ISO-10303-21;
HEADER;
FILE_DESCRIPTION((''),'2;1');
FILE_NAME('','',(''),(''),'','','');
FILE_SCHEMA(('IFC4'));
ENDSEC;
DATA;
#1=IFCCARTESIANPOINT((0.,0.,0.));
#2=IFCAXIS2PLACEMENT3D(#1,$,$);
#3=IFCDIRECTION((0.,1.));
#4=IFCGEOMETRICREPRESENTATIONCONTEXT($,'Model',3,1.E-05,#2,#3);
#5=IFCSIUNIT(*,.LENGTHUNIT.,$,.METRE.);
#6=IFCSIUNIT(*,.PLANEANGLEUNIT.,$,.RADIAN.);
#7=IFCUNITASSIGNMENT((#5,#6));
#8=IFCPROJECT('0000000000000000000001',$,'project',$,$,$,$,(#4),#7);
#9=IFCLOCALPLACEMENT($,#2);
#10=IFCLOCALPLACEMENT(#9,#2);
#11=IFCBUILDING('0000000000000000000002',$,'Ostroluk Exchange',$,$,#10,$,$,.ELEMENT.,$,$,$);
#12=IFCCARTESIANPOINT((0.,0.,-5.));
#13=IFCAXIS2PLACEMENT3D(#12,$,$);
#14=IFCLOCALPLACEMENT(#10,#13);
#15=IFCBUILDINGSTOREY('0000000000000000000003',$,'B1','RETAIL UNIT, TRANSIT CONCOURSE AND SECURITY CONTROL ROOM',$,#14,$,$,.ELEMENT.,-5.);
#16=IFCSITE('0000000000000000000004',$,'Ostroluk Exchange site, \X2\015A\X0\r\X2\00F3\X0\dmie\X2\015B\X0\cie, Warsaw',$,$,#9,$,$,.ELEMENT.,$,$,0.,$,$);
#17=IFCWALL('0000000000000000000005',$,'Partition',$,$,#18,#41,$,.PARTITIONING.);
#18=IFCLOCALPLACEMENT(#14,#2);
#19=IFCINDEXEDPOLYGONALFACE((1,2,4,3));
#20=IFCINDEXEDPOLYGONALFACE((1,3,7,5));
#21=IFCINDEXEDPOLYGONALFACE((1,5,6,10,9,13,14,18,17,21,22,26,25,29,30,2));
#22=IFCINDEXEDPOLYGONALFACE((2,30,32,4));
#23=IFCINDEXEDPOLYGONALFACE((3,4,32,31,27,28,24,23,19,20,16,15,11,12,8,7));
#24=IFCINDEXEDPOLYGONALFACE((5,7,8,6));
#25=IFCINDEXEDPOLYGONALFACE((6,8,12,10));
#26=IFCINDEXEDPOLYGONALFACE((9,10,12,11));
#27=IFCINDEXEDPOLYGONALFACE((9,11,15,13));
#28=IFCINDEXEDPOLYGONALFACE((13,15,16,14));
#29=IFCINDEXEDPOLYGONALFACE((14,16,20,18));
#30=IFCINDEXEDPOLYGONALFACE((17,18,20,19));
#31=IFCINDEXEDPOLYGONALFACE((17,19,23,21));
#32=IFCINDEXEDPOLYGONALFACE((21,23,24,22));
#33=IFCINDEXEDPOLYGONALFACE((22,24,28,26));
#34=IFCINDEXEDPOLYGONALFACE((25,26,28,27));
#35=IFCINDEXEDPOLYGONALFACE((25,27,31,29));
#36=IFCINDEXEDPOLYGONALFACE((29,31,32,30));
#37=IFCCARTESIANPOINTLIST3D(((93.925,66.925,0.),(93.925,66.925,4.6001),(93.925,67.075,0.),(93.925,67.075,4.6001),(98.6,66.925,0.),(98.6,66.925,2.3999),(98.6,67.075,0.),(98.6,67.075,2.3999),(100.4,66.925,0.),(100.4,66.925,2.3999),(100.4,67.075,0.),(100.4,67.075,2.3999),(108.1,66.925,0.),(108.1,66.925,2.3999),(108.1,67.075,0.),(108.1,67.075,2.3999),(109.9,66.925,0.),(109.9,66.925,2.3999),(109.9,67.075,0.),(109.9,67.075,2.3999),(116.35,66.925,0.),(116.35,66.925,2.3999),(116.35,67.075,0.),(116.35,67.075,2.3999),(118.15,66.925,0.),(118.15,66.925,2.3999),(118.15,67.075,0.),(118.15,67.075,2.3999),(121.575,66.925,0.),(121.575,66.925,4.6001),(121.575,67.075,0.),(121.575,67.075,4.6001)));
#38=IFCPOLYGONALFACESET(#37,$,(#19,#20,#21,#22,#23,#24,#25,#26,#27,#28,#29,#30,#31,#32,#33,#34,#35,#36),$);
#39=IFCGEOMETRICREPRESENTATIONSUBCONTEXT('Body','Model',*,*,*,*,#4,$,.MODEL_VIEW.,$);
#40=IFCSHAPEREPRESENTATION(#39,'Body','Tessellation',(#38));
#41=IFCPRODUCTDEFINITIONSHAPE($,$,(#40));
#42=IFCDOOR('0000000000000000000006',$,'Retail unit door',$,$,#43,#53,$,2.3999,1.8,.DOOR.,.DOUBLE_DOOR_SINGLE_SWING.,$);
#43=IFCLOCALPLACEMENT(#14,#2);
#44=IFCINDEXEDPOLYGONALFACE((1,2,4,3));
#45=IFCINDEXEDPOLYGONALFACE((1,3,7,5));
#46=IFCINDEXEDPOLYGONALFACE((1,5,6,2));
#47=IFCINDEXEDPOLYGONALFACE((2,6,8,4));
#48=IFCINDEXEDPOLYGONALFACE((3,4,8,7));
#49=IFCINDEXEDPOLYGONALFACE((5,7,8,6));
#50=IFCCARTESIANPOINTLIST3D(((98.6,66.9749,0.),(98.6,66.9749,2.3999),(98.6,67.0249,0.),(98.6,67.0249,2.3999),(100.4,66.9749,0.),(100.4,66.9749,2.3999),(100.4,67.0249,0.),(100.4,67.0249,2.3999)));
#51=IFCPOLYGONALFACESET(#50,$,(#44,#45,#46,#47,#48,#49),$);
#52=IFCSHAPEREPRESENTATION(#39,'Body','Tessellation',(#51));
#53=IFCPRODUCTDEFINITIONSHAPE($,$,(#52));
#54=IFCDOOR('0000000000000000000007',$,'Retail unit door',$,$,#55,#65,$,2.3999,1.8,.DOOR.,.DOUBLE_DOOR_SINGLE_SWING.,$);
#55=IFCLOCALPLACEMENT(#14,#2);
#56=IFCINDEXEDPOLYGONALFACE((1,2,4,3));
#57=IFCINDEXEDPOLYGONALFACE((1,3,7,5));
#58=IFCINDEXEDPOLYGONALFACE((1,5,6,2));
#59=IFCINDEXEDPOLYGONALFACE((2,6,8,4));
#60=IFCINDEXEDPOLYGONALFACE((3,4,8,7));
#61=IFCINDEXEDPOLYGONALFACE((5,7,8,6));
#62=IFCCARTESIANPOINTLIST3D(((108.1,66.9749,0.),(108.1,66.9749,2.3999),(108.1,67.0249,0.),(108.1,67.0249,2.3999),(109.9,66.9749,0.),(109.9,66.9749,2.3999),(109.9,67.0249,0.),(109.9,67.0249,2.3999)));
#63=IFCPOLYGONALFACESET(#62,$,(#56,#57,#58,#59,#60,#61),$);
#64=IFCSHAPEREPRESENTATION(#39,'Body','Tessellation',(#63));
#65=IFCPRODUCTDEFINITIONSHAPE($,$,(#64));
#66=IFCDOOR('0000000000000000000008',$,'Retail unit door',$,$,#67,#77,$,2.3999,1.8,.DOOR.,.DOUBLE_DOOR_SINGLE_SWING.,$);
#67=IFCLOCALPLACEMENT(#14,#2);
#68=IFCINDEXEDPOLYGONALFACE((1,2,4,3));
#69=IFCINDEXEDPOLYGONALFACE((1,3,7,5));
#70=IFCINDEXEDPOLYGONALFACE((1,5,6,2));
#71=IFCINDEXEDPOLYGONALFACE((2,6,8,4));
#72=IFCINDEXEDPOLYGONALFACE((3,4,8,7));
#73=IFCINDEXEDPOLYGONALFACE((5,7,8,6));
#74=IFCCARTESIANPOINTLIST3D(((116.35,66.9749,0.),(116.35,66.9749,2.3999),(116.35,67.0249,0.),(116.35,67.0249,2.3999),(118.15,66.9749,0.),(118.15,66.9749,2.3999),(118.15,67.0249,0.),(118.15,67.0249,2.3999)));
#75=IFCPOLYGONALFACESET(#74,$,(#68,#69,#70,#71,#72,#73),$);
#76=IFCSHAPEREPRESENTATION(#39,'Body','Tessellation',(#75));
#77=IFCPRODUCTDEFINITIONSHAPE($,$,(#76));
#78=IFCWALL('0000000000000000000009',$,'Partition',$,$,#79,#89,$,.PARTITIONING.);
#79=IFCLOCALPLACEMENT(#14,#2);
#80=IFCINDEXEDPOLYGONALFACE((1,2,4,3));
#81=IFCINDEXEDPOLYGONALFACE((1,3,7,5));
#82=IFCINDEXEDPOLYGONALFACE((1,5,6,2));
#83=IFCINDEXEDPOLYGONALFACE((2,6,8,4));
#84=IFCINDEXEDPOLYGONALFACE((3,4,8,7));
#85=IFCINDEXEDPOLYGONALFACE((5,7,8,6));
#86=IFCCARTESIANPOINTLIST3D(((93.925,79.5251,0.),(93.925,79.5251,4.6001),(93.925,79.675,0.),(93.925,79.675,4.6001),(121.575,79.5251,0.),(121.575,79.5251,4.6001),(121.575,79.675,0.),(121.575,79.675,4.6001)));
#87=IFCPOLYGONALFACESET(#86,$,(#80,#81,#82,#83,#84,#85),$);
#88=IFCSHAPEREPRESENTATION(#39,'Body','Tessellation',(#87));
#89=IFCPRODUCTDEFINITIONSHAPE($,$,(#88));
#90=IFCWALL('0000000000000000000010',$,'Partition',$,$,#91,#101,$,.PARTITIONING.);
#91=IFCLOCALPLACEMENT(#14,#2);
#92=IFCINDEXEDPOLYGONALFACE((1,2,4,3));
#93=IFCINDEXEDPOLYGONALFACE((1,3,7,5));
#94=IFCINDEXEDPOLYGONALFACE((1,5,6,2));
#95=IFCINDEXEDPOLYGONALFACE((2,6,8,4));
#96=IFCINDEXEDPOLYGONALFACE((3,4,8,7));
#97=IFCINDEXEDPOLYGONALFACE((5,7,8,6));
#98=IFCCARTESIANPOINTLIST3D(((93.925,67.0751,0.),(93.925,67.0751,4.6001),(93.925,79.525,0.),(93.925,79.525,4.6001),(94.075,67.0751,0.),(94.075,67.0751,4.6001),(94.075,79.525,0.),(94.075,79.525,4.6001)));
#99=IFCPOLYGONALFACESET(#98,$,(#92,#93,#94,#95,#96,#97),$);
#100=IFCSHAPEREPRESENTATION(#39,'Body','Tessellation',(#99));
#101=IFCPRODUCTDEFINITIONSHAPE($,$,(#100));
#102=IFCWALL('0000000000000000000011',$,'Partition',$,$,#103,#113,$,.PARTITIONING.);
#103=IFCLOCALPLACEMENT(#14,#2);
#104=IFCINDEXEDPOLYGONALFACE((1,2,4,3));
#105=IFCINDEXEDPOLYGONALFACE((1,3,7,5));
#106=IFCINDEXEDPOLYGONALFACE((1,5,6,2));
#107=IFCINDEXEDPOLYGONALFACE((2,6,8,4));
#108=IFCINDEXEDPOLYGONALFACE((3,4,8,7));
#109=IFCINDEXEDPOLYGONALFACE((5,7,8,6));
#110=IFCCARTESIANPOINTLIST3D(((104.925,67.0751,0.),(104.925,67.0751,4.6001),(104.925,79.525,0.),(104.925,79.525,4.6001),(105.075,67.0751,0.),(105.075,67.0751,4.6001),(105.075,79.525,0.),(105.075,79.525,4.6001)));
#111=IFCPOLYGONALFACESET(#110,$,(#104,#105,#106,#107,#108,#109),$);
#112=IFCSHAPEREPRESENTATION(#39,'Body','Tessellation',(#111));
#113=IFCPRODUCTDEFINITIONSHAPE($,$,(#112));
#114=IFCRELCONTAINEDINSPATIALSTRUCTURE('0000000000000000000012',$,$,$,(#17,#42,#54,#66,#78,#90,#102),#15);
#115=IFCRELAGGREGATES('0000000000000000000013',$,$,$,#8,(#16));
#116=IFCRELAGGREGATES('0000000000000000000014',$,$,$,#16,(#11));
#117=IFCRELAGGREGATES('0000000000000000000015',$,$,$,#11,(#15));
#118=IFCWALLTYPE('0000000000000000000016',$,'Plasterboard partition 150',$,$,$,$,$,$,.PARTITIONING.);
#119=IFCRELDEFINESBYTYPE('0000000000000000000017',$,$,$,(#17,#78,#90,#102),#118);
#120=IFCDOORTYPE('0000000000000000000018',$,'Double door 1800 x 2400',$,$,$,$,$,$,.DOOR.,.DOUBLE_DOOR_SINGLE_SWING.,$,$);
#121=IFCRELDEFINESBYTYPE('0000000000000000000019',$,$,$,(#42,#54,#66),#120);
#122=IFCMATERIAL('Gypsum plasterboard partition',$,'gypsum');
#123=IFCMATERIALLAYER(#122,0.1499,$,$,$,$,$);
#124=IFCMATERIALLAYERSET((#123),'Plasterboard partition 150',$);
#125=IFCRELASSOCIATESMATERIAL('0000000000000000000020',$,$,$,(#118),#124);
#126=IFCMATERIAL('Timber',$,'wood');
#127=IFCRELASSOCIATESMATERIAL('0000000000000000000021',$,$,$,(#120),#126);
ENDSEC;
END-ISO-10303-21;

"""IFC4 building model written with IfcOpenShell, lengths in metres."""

from ifc_helpers import new_model, si_unit, direction, frame, frame_2d, origin, place, context, subcontext, project, spatial, rectangle, extrude, material, layer, layer_set, type_object, element, fill, save


model = new_model("IFC4")

# Units and contexts
model_context = context("Model", 3, precision=1e-05, world=origin(), true_north=direction((0.0, 1.0)))
body_context = subcontext(model_context, "Body", "Model", "MODEL_VIEW")
ifc_project = project(units=[si_unit("LENGTHUNIT", "METRE"), si_unit("PLANEANGLEUNIT", "RADIAN")], contexts=[model_context])

# Site, building, storey
site_placement = place(None, origin())
site = spatial("IfcSite", under=ifc_project, at=site_placement, Name="Ostroluk Exchange site, Śródmieście, Warsaw", CompositionType="ELEMENT", RefElevation=0.0)
building_placement = place(site_placement, origin())
building = spatial("IfcBuilding", under=site, at=building_placement, Name="Ostroluk Exchange", CompositionType="ELEMENT")
storey_placement = place(building_placement, frame((0.0, 0.0, -5.0)))
storey = spatial("IfcBuildingStorey", under=building, at=storey_placement, Name="B1", Description="RETAIL UNIT, TRANSIT CONCOURSE AND SECURITY CONTROL ROOM", CompositionType="ELEMENT", Elevation=-5.0)

# Shared definitions
ifc_material_1 = material(Name="Gypsum plasterboard partition", Category="gypsum")
ifc_layer_1 = layer(ifc_material_1, 0.1499)
ifc_layer_set_1 = layer_set([ifc_layer_1], Name="Plasterboard partition 150")
wall_type_1 = type_object("IfcWallType", Name="Plasterboard partition 150", PredefinedType="PARTITIONING", material=ifc_layer_set_1)
ifc_material_2 = material(Name="Timber", Category="wood")
door_type_1 = type_object("IfcDoorType", Name="Double door 1800 x 2400", OperationType="DOUBLE_DOOR_SINGLE_SWING", PredefinedType="DOOR", material=ifc_material_2)

# Wall, openings, doors
wall_1_placement = place(storey_placement, frame((93.925, 67.0, 0.0), z_axis=(0.0, 0.0, 1.0), x_axis=(1.0, 0.0, 0.0)))
wall_1 = element("IfcWall", 1, at=wall_1_placement, inside=storey, type_object=wall_type_1, Name="Partition", PredefinedType="PARTITIONING", context=body_context, shape_type="SweptSolid", body=[
    extrude(rectangle(XDim=27.6499, YDim=0.1499, at=frame_2d((13.825, 0.0))), origin(), (0.0, 0.0, 1.0), 4.6001),
])
opening_1_placement = place(wall_1_placement, frame((4.675, 0.0, 0.0)))
opening_1 = element("IfcOpeningElement", 2, at=opening_1_placement, cuts=wall_1, PredefinedType="OPENING", context=body_context, shape_type="SweptSolid", body=[
    extrude(rectangle(XDim=1.8, YDim=2.3999, at=frame_2d((0.8999, 1.2))), frame((0.0, 0.085, 0.0), z_axis=(0.0, -1.0, 0.0), x_axis=(1.0, 0.0, 0.0)), (0.0, 0.0, 1.0), 0.1699),
])
opening_2_placement = place(wall_1_placement, frame((14.175, 0.0, 0.0)))
opening_2 = element("IfcOpeningElement", 3, at=opening_2_placement, cuts=wall_1, PredefinedType="OPENING", context=body_context, shape_type="SweptSolid", body=[
    extrude(rectangle(XDim=1.8, YDim=2.3999, at=frame_2d((0.8999, 1.2))), frame((0.0, 0.085, 0.0), z_axis=(0.0, -1.0, 0.0), x_axis=(1.0, 0.0, 0.0)), (0.0, 0.0, 1.0), 0.1699),
])
opening_3_placement = place(wall_1_placement, frame((22.425, 0.0, 0.0)))
opening_3 = element("IfcOpeningElement", 4, at=opening_3_placement, cuts=wall_1, PredefinedType="OPENING", context=body_context, shape_type="SweptSolid", body=[
    extrude(rectangle(XDim=1.8, YDim=2.3999, at=frame_2d((0.8999, 1.2))), frame((0.0, 0.085, 0.0), z_axis=(0.0, -1.0, 0.0), x_axis=(1.0, 0.0, 0.0)), (0.0, 0.0, 1.0), 0.1699),
])
door_1_placement = place(opening_1_placement, origin())
door_1 = element("IfcDoor", 5, at=door_1_placement, inside=storey, type_object=door_type_1, Name="Retail unit door", OperationType="DOUBLE_DOOR_SINGLE_SWING", OverallHeight=2.3999, OverallWidth=1.8, PredefinedType="DOOR", context=body_context, shape_type="SweptSolid", body=[
    extrude(rectangle(XDim=1.8, YDim=2.3999, at=frame_2d((0.8999, 1.2))), frame((0.0, 0.0249, 0.0), z_axis=(0.0, -1.0, 0.0), x_axis=(1.0, 0.0, 0.0)), (0.0, 0.0, 1.0), 0.05),
])
fill(opening_1, door_1)
door_2_placement = place(opening_2_placement, origin())
door_2 = element("IfcDoor", 6, at=door_2_placement, inside=storey, type_object=door_type_1, Name="Retail unit door", OperationType="DOUBLE_DOOR_SINGLE_SWING", OverallHeight=2.3999, OverallWidth=1.8, PredefinedType="DOOR", context=body_context, shape_type="SweptSolid", body=[
    extrude(rectangle(XDim=1.8, YDim=2.3999, at=frame_2d((0.8999, 1.2))), frame((0.0, 0.0249, 0.0), z_axis=(0.0, -1.0, 0.0), x_axis=(1.0, 0.0, 0.0)), (0.0, 0.0, 1.0), 0.05),
])
fill(opening_2, door_2)
door_3_placement = place(opening_3_placement, origin())
door_3 = element("IfcDoor", 7, at=door_3_placement, inside=storey, type_object=door_type_1, Name="Retail unit door", OperationType="DOUBLE_DOOR_SINGLE_SWING", OverallHeight=2.3999, OverallWidth=1.8, PredefinedType="DOOR", context=body_context, shape_type="SweptSolid", body=[
    extrude(rectangle(XDim=1.8, YDim=2.3999, at=frame_2d((0.8999, 1.2))), frame((0.0, 0.0249, 0.0), z_axis=(0.0, -1.0, 0.0), x_axis=(1.0, 0.0, 0.0)), (0.0, 0.0, 1.0), 0.05),
])
fill(opening_3, door_3)

# Walls
wall_2_placement = place(storey_placement, frame((93.925, 79.6001, 0.0), z_axis=(0.0, 0.0, 1.0), x_axis=(1.0, 0.0, 0.0)))
element("IfcWall", 8, at=wall_2_placement, inside=storey, type_object=wall_type_1, Name="Partition", PredefinedType="PARTITIONING", context=body_context, shape_type="SweptSolid", body=[
    extrude(rectangle(XDim=27.6499, YDim=0.1499, at=frame_2d((13.825, 0.0))), origin(), (0.0, 0.0, 1.0), 4.6001),
])
for number, where, z_axis, x_axis, name in (
    (9, (94.0, 67.075, 0.0), (0.0, 0.0, 1.0), (0.0, 1.0, 0.0), "Partition"),
    (10, (105.0, 67.075, 0.0), (0.0, 0.0, 1.0), (0.0, 1.0, 0.0), "Partition"),
):
    element("IfcWall", number, at=place(storey_placement, frame(where, z_axis=z_axis, x_axis=x_axis)), inside=storey, type_object=wall_type_1, Name=name, PredefinedType="PARTITIONING", context=body_context, shape_type="SweptSolid", body=[
        extrude(rectangle(XDim=12.45, YDim=0.1499, at=frame_2d((6.2251, 0.0))), origin(), (0.0, 0.0, 1.0), 4.6001),
    ])

save(model, "model.ifc")
